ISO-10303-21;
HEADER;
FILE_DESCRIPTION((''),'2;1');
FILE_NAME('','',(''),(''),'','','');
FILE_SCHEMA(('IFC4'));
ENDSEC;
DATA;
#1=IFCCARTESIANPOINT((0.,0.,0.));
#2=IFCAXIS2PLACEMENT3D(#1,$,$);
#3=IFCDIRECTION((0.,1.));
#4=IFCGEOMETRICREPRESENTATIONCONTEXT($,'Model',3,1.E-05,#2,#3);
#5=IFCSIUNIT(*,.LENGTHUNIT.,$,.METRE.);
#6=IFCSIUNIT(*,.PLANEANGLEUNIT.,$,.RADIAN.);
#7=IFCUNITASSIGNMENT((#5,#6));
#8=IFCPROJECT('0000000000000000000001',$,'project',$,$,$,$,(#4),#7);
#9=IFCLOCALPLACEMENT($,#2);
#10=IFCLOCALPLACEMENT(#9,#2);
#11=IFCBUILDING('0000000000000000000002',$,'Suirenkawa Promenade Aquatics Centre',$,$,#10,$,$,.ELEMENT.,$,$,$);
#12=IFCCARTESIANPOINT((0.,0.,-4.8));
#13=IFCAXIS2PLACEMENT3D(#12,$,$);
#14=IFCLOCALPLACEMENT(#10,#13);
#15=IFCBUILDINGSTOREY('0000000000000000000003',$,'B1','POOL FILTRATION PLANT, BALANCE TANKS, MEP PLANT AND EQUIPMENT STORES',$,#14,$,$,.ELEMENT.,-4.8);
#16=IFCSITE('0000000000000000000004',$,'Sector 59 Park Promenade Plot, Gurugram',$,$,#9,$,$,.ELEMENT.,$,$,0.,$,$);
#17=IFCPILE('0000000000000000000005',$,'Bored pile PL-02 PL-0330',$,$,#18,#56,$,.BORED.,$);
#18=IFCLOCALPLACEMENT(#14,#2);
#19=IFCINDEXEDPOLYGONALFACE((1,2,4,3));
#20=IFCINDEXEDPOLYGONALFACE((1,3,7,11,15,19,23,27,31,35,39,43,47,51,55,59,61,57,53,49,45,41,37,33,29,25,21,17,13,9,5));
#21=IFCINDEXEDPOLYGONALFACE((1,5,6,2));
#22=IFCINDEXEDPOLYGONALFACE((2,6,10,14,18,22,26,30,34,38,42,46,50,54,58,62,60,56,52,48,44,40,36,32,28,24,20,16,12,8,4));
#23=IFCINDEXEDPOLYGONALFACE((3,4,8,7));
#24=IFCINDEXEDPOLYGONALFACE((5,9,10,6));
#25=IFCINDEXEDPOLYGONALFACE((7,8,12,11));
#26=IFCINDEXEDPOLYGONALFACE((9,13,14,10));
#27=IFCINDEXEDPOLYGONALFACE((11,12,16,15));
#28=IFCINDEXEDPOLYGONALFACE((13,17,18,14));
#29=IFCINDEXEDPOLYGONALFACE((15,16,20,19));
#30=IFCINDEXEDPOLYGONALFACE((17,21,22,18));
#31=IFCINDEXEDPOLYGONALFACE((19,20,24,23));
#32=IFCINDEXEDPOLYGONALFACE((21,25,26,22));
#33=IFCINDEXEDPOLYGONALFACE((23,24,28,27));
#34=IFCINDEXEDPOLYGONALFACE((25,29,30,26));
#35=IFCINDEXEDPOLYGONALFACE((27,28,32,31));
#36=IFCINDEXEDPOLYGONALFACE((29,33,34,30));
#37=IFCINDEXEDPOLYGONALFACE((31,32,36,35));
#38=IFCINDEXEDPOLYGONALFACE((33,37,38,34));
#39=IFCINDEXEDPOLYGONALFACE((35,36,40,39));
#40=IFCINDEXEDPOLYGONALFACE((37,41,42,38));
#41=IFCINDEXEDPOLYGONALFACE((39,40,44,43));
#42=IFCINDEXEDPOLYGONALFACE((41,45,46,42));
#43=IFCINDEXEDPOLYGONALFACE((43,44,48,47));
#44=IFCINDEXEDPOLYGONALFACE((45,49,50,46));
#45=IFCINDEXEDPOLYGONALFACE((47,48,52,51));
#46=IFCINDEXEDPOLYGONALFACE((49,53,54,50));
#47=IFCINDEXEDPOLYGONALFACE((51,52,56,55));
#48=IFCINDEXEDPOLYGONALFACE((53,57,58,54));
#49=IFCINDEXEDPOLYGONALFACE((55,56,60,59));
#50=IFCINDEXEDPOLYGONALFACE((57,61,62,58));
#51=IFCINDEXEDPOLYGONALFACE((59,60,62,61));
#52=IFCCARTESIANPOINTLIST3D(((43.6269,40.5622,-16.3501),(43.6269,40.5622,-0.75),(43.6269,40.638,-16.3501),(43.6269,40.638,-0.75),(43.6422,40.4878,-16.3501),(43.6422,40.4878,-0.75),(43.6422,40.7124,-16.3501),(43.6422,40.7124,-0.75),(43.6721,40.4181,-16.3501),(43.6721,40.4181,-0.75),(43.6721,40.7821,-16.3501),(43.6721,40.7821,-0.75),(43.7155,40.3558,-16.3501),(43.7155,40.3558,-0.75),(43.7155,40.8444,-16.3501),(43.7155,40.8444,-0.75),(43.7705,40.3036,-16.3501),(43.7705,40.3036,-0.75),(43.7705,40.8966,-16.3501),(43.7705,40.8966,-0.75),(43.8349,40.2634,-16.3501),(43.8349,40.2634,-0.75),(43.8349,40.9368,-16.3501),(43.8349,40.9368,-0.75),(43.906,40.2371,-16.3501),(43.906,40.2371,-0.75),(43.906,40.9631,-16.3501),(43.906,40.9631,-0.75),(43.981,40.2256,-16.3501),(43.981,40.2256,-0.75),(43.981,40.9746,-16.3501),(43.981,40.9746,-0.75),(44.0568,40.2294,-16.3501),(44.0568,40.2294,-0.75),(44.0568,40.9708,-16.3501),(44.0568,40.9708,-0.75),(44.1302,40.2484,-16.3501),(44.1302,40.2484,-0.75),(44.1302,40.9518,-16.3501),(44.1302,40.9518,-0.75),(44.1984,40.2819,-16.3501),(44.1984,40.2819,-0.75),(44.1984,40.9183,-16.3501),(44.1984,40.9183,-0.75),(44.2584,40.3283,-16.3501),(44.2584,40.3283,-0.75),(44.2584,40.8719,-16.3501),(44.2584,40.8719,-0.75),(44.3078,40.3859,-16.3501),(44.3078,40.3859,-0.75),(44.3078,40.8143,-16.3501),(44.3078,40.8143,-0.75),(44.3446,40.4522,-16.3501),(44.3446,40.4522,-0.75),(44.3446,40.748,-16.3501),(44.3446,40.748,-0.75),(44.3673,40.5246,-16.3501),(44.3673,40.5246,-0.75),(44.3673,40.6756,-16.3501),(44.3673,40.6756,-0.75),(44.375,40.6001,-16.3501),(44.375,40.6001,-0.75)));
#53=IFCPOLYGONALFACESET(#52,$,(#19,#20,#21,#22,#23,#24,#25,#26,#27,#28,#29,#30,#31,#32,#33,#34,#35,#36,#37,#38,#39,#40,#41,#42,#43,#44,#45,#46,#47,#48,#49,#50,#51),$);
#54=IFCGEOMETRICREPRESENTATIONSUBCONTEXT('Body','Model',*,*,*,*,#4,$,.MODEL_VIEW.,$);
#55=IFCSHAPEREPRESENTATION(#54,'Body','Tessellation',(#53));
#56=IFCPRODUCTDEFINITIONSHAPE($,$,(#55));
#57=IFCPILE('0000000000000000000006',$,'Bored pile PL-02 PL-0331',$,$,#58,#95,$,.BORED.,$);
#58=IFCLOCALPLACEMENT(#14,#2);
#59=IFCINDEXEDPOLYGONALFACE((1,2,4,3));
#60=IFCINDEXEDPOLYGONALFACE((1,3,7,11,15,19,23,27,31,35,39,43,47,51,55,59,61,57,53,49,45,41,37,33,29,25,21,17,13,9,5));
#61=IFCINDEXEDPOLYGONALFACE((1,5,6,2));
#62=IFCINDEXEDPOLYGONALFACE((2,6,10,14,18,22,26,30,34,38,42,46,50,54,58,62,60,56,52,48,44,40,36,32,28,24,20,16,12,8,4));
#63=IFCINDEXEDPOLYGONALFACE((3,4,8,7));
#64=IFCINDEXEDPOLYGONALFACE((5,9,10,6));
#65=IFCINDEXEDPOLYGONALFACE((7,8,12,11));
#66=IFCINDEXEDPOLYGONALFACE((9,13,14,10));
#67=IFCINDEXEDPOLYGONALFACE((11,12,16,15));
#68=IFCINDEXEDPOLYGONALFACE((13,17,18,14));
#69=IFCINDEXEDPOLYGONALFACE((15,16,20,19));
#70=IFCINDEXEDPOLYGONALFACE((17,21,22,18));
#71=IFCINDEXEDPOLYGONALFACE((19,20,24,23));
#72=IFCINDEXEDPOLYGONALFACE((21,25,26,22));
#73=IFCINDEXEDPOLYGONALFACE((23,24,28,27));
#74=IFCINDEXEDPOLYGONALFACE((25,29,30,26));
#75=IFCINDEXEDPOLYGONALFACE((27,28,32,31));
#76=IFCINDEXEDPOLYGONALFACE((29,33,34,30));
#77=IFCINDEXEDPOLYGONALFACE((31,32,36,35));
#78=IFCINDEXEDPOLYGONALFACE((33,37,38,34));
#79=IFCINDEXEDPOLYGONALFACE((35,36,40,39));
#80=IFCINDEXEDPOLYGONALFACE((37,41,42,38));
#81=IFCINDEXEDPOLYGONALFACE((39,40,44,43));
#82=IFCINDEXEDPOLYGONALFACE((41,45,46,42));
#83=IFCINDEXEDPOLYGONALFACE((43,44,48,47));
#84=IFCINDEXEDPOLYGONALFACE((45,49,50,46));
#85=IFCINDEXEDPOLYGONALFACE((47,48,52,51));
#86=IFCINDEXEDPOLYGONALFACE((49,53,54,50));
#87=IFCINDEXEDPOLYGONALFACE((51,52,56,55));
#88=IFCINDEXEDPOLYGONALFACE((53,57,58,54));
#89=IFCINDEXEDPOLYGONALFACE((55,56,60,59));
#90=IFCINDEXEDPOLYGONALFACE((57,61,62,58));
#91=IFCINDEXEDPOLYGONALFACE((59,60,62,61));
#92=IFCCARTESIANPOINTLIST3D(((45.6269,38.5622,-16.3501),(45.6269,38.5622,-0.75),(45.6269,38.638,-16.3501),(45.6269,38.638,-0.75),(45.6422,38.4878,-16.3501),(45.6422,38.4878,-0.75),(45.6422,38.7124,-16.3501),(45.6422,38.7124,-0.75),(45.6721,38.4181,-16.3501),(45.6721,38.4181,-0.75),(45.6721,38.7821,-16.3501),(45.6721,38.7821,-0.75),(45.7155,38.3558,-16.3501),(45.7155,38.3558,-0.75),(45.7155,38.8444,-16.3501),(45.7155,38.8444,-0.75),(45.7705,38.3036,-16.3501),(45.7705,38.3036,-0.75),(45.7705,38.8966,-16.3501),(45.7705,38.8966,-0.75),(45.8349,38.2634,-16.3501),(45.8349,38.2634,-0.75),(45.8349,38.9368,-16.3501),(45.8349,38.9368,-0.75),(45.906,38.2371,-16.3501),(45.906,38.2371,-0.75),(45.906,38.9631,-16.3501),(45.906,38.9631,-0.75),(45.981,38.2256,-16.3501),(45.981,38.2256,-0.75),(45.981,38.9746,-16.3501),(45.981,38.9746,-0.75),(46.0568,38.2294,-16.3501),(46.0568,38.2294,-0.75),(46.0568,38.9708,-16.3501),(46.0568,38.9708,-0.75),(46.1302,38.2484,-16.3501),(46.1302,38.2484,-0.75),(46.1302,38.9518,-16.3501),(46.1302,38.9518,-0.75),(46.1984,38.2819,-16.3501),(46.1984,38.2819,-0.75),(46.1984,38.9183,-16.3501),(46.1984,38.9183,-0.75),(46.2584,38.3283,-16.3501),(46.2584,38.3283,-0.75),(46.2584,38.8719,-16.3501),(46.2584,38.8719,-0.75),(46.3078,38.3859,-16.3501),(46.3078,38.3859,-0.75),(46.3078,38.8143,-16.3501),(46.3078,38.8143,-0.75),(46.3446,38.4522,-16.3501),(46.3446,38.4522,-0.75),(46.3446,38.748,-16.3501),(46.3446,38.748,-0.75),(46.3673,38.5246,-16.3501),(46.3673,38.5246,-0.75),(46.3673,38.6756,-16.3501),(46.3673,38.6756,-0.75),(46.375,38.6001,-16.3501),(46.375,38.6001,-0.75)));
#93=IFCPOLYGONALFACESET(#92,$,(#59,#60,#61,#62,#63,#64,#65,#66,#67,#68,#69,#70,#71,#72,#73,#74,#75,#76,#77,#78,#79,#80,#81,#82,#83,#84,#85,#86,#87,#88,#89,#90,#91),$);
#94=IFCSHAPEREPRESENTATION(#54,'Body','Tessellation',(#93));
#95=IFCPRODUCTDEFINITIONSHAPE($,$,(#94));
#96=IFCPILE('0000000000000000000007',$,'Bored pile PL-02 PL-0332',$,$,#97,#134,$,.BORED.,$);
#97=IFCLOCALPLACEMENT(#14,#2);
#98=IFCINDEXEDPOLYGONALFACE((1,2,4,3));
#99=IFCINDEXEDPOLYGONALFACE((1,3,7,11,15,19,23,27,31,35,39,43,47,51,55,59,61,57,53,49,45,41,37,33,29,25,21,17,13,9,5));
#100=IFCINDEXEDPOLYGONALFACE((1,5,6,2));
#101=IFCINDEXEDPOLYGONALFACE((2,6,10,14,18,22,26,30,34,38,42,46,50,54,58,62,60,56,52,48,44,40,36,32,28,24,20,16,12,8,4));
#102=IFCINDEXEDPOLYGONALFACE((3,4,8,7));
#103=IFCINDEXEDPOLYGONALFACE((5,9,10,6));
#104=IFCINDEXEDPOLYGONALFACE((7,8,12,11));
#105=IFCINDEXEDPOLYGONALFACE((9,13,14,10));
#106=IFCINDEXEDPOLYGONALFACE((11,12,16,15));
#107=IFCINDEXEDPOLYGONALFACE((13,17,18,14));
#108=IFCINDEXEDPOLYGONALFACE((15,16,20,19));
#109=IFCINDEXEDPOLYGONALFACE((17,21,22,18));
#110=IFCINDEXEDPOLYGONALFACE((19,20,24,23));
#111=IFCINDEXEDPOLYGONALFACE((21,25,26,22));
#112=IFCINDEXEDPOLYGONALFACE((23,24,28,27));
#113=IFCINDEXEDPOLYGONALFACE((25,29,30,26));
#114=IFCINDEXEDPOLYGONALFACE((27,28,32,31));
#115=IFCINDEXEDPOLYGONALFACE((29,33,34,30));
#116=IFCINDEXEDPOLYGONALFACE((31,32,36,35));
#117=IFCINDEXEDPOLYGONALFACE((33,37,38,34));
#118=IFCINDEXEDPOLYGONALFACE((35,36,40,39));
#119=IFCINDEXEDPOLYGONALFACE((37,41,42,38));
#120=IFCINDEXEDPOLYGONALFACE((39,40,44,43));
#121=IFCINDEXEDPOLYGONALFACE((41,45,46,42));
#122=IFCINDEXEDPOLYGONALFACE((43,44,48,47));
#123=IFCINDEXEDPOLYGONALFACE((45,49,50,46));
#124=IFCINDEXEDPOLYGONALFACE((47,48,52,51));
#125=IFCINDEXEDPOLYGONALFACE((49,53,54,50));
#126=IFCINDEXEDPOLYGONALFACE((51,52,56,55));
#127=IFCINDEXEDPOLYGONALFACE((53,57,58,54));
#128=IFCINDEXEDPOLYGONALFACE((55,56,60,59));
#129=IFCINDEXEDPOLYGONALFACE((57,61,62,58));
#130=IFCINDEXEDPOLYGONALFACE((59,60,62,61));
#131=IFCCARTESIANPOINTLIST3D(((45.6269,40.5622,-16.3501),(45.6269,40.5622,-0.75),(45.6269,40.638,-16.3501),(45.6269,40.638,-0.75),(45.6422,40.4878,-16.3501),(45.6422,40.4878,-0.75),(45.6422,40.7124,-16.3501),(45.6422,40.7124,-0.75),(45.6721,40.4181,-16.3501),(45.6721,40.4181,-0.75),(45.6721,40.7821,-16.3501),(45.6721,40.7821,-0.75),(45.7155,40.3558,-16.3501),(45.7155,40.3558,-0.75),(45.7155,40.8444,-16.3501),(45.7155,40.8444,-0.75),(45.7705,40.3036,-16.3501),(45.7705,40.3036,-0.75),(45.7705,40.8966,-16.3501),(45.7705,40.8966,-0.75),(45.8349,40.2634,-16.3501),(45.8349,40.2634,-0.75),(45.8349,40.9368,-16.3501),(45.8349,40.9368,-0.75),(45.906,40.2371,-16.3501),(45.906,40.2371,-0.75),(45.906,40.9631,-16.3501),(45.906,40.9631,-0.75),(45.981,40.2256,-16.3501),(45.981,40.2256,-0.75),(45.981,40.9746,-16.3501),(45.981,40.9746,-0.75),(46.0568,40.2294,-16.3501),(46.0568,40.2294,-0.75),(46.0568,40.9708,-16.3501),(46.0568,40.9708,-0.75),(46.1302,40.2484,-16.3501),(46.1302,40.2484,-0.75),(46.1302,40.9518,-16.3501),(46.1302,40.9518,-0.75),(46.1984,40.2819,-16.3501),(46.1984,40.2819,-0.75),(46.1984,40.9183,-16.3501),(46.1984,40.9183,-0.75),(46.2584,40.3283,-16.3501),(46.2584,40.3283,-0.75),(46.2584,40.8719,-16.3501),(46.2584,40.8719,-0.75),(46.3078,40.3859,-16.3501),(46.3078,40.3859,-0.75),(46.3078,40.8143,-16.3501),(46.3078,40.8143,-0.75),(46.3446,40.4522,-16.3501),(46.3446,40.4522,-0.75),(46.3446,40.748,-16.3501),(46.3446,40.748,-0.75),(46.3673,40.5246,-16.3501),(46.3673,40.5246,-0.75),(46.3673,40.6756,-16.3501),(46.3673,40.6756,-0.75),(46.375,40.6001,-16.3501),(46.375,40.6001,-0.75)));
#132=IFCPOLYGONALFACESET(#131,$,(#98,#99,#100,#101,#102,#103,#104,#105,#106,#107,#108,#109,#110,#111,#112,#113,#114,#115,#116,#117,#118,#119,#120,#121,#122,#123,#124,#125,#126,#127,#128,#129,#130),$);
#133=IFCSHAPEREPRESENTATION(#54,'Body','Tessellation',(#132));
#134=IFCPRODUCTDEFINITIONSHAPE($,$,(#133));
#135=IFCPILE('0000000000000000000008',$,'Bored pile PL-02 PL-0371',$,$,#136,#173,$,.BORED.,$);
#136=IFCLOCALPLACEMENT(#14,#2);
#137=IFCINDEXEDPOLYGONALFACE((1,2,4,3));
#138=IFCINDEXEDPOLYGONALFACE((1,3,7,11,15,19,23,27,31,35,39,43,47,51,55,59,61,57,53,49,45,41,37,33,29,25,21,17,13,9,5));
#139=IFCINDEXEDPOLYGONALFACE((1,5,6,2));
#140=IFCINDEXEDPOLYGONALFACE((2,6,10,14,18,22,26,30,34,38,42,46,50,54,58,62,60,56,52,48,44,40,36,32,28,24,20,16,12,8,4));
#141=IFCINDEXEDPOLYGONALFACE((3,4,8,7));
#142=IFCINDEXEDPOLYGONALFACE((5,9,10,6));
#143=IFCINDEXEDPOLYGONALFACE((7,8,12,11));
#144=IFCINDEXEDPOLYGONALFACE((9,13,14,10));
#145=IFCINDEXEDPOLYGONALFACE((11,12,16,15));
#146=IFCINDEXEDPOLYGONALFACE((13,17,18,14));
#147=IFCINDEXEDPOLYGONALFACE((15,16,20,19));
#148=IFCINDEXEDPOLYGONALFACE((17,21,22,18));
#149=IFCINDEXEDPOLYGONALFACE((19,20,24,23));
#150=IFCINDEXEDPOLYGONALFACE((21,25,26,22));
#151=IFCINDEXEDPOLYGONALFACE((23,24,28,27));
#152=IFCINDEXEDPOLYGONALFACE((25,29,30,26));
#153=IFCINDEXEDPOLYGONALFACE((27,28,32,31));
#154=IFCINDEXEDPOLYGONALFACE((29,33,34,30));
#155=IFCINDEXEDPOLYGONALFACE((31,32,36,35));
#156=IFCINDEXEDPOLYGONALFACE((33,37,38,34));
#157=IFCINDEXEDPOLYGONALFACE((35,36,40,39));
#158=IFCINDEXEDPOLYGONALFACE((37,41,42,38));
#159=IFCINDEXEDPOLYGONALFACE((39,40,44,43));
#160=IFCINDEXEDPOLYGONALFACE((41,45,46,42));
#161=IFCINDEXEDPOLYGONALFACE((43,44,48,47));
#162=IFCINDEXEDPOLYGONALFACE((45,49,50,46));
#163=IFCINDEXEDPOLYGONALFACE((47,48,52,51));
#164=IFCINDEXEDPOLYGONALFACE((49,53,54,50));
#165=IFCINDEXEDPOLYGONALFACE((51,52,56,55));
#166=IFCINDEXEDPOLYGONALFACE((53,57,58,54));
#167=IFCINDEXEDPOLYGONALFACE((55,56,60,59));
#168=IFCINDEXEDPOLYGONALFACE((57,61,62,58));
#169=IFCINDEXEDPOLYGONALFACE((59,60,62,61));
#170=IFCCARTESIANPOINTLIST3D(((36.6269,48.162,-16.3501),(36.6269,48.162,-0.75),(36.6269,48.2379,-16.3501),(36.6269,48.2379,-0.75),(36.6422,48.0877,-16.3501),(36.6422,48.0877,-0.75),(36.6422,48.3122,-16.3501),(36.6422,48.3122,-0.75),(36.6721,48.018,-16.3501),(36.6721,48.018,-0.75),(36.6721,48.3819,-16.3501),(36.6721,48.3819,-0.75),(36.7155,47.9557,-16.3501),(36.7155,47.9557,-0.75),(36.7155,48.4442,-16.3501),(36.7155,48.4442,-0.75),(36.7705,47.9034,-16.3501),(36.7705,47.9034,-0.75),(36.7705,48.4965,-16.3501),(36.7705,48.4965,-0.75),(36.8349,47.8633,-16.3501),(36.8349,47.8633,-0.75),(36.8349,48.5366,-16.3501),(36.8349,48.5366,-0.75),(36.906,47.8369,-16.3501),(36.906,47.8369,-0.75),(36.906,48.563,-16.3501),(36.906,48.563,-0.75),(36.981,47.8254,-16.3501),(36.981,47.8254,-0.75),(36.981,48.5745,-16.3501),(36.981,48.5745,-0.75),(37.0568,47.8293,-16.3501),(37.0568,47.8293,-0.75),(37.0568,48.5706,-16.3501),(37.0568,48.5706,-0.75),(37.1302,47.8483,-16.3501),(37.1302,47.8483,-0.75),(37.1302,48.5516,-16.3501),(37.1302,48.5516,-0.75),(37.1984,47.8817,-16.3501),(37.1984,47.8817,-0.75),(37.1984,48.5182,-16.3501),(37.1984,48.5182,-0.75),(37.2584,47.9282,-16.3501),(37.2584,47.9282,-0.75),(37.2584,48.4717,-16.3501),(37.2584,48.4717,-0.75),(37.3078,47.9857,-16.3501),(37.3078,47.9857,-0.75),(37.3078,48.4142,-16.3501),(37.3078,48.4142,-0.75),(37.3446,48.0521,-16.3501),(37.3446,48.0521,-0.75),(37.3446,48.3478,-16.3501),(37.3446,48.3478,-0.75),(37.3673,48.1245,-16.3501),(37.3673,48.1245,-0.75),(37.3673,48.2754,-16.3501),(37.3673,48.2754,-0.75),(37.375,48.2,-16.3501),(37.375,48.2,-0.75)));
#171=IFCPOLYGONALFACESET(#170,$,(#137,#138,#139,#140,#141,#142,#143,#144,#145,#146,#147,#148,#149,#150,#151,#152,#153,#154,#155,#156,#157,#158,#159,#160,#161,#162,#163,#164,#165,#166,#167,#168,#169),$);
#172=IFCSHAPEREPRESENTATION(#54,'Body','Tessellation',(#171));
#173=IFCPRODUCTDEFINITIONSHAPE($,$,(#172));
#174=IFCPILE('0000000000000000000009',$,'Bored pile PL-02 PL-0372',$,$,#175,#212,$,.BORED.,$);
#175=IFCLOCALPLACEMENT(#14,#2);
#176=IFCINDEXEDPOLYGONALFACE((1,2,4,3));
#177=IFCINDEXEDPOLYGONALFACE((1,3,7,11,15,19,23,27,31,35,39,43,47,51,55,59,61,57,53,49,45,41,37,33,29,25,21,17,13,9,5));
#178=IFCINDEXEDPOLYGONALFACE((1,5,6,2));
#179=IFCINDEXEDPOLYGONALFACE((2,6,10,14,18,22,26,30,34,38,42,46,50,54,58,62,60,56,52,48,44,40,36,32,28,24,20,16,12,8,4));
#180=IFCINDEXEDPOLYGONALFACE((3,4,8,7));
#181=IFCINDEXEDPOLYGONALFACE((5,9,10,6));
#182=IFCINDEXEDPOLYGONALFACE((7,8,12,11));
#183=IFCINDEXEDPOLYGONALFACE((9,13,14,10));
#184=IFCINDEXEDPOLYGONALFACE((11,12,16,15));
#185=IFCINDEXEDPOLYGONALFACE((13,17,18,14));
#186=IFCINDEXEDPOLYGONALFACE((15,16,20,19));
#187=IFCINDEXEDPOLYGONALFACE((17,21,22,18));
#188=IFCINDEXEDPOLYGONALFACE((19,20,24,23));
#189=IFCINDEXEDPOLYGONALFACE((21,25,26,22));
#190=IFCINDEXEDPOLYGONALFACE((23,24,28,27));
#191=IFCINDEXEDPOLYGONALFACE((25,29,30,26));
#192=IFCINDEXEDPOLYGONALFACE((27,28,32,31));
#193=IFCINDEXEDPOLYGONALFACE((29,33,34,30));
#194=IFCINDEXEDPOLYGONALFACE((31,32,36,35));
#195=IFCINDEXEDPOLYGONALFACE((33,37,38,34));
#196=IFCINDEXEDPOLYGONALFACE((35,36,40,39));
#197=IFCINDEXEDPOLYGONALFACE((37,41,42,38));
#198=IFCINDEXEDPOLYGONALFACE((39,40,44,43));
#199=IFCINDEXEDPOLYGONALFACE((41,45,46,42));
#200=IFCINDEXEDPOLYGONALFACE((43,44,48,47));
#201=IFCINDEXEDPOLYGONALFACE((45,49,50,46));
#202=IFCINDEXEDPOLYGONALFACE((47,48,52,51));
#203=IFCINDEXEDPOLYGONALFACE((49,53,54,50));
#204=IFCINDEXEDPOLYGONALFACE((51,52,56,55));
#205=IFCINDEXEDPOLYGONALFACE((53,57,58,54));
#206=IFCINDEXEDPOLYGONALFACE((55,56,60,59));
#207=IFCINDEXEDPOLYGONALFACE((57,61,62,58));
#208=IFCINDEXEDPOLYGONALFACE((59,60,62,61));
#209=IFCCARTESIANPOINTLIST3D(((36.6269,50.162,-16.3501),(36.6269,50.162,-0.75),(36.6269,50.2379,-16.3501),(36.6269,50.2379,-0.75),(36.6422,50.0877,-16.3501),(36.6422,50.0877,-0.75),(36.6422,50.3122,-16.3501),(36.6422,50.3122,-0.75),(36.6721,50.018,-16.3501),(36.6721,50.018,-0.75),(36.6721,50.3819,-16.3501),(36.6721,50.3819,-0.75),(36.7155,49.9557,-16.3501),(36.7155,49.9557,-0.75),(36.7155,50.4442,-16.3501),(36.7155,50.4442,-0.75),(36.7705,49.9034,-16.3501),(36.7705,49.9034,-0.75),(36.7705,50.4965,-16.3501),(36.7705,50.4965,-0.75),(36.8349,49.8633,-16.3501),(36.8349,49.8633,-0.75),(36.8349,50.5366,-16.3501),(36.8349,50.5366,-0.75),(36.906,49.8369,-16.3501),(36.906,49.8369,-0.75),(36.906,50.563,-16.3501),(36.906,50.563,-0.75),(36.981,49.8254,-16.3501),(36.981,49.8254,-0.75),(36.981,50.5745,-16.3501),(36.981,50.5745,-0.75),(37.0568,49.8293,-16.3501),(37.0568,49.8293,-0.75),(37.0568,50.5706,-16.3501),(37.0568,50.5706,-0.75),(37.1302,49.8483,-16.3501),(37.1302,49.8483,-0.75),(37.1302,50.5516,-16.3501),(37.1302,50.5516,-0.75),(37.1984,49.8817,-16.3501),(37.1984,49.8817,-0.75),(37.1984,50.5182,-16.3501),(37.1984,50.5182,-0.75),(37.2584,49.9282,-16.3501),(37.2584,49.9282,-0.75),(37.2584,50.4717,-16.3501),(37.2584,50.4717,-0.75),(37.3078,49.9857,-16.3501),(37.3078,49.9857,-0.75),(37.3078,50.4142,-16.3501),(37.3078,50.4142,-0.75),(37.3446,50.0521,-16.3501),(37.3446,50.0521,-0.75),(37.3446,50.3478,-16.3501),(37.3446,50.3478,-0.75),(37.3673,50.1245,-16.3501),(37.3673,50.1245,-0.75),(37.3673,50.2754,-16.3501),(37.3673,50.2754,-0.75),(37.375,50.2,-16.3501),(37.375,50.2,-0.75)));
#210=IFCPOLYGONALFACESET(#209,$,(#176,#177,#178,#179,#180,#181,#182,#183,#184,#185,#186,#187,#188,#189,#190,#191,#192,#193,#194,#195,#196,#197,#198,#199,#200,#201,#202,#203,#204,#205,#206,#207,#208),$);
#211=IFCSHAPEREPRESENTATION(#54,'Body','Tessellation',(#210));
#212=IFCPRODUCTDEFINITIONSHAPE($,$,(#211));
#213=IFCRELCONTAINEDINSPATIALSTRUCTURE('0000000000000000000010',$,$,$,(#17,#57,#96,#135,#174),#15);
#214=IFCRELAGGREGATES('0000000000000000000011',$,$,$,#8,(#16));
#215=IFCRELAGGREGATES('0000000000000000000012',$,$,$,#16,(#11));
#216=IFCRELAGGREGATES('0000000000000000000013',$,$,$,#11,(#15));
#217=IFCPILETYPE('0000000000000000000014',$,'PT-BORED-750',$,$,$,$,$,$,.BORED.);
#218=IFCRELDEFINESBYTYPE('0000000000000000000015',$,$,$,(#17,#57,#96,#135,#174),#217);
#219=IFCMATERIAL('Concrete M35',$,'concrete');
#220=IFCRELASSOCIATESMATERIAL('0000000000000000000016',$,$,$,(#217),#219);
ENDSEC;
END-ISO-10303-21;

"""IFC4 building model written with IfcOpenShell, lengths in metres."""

from ifc_helpers import new_model, si_unit, direction, frame, origin, origin_2d, place, context, subcontext, project, spatial, circle, extrude, material, material_profile, profile_set, type_object, element, save


model = new_model("IFC4")

# Units and contexts
model_context = context("Model", 3, precision=1e-05, world=origin(), true_north=direction((0.0, 1.0)))
body_context = subcontext(model_context, "Body", "Model", "MODEL_VIEW")
ifc_project = project(units=[si_unit("LENGTHUNIT", "METRE"), si_unit("PLANEANGLEUNIT", "RADIAN")], contexts=[model_context])

# Site, building, storey
site_placement = place(None, origin())
site = spatial("IfcSite", under=ifc_project, at=site_placement, Name="Sector 59 Park Promenade Plot, Gurugram", CompositionType="ELEMENT", RefElevation=0.0)
building_placement = place(site_placement, origin())
building = spatial("IfcBuilding", under=site, at=building_placement, Name="Suirenkawa Promenade Aquatics Centre", CompositionType="ELEMENT")
storey_placement = place(building_placement, frame((0.0, 0.0, -4.8)))
storey = spatial("IfcBuildingStorey", under=building, at=storey_placement, Name="B1", Description="POOL FILTRATION PLANT, BALANCE TANKS, MEP PLANT AND EQUIPMENT STORES", CompositionType="ELEMENT", Elevation=-4.8)

# Shared definitions
ifc_material_1 = material(Name="Concrete M35", Category="concrete")

# Piles
ifc_material_profile_1 = material_profile(ifc_material_1, circle(Radius=0.375, at=origin_2d()), Name="PILE D750", Category="concrete")
ifc_profile_set_1 = profile_set([ifc_material_profile_1], Name="Concrete M35")
pile_type_1 = type_object("IfcPileType", Name="PT-BORED-750", PredefinedType="BORED", material=ifc_profile_set_1)
for number, where, z_axis, x_axis, name in (
    (1, (44.0, 40.6001, -0.75), (0.0, 0.0, -1.0), (1.0, 0.0, 0.0), "Bored pile PL-02 PL-0330"),
    (2, (46.0, 38.6001, -0.75), (0.0, 0.0, -1.0), (1.0, 0.0, 0.0), "Bored pile PL-02 PL-0331"),
    (3, (46.0, 40.6001, -0.75), (0.0, 0.0, -1.0), (1.0, 0.0, 0.0), "Bored pile PL-02 PL-0332"),
    (4, (37.0, 48.2, -0.75), (0.0, 0.0, -1.0), (1.0, 0.0, 0.0), "Bored pile PL-02 PL-0371"),
    (5, (37.0, 50.2, -0.75), (0.0, 0.0, -1.0), (1.0, 0.0, 0.0), "Bored pile PL-02 PL-0372"),
):
    element("IfcPile", number, at=place(storey_placement, frame(where, z_axis=z_axis, x_axis=x_axis)), inside=storey, type_object=pile_type_1, Name=name, PredefinedType="BORED", context=body_context, shape_type="SweptSolid", body=[
        extrude(circle(Radius=0.375, at=origin_2d()), origin(), (0.0, 0.0, 1.0), 15.6001),
    ])

save(model, "model.ifc")
